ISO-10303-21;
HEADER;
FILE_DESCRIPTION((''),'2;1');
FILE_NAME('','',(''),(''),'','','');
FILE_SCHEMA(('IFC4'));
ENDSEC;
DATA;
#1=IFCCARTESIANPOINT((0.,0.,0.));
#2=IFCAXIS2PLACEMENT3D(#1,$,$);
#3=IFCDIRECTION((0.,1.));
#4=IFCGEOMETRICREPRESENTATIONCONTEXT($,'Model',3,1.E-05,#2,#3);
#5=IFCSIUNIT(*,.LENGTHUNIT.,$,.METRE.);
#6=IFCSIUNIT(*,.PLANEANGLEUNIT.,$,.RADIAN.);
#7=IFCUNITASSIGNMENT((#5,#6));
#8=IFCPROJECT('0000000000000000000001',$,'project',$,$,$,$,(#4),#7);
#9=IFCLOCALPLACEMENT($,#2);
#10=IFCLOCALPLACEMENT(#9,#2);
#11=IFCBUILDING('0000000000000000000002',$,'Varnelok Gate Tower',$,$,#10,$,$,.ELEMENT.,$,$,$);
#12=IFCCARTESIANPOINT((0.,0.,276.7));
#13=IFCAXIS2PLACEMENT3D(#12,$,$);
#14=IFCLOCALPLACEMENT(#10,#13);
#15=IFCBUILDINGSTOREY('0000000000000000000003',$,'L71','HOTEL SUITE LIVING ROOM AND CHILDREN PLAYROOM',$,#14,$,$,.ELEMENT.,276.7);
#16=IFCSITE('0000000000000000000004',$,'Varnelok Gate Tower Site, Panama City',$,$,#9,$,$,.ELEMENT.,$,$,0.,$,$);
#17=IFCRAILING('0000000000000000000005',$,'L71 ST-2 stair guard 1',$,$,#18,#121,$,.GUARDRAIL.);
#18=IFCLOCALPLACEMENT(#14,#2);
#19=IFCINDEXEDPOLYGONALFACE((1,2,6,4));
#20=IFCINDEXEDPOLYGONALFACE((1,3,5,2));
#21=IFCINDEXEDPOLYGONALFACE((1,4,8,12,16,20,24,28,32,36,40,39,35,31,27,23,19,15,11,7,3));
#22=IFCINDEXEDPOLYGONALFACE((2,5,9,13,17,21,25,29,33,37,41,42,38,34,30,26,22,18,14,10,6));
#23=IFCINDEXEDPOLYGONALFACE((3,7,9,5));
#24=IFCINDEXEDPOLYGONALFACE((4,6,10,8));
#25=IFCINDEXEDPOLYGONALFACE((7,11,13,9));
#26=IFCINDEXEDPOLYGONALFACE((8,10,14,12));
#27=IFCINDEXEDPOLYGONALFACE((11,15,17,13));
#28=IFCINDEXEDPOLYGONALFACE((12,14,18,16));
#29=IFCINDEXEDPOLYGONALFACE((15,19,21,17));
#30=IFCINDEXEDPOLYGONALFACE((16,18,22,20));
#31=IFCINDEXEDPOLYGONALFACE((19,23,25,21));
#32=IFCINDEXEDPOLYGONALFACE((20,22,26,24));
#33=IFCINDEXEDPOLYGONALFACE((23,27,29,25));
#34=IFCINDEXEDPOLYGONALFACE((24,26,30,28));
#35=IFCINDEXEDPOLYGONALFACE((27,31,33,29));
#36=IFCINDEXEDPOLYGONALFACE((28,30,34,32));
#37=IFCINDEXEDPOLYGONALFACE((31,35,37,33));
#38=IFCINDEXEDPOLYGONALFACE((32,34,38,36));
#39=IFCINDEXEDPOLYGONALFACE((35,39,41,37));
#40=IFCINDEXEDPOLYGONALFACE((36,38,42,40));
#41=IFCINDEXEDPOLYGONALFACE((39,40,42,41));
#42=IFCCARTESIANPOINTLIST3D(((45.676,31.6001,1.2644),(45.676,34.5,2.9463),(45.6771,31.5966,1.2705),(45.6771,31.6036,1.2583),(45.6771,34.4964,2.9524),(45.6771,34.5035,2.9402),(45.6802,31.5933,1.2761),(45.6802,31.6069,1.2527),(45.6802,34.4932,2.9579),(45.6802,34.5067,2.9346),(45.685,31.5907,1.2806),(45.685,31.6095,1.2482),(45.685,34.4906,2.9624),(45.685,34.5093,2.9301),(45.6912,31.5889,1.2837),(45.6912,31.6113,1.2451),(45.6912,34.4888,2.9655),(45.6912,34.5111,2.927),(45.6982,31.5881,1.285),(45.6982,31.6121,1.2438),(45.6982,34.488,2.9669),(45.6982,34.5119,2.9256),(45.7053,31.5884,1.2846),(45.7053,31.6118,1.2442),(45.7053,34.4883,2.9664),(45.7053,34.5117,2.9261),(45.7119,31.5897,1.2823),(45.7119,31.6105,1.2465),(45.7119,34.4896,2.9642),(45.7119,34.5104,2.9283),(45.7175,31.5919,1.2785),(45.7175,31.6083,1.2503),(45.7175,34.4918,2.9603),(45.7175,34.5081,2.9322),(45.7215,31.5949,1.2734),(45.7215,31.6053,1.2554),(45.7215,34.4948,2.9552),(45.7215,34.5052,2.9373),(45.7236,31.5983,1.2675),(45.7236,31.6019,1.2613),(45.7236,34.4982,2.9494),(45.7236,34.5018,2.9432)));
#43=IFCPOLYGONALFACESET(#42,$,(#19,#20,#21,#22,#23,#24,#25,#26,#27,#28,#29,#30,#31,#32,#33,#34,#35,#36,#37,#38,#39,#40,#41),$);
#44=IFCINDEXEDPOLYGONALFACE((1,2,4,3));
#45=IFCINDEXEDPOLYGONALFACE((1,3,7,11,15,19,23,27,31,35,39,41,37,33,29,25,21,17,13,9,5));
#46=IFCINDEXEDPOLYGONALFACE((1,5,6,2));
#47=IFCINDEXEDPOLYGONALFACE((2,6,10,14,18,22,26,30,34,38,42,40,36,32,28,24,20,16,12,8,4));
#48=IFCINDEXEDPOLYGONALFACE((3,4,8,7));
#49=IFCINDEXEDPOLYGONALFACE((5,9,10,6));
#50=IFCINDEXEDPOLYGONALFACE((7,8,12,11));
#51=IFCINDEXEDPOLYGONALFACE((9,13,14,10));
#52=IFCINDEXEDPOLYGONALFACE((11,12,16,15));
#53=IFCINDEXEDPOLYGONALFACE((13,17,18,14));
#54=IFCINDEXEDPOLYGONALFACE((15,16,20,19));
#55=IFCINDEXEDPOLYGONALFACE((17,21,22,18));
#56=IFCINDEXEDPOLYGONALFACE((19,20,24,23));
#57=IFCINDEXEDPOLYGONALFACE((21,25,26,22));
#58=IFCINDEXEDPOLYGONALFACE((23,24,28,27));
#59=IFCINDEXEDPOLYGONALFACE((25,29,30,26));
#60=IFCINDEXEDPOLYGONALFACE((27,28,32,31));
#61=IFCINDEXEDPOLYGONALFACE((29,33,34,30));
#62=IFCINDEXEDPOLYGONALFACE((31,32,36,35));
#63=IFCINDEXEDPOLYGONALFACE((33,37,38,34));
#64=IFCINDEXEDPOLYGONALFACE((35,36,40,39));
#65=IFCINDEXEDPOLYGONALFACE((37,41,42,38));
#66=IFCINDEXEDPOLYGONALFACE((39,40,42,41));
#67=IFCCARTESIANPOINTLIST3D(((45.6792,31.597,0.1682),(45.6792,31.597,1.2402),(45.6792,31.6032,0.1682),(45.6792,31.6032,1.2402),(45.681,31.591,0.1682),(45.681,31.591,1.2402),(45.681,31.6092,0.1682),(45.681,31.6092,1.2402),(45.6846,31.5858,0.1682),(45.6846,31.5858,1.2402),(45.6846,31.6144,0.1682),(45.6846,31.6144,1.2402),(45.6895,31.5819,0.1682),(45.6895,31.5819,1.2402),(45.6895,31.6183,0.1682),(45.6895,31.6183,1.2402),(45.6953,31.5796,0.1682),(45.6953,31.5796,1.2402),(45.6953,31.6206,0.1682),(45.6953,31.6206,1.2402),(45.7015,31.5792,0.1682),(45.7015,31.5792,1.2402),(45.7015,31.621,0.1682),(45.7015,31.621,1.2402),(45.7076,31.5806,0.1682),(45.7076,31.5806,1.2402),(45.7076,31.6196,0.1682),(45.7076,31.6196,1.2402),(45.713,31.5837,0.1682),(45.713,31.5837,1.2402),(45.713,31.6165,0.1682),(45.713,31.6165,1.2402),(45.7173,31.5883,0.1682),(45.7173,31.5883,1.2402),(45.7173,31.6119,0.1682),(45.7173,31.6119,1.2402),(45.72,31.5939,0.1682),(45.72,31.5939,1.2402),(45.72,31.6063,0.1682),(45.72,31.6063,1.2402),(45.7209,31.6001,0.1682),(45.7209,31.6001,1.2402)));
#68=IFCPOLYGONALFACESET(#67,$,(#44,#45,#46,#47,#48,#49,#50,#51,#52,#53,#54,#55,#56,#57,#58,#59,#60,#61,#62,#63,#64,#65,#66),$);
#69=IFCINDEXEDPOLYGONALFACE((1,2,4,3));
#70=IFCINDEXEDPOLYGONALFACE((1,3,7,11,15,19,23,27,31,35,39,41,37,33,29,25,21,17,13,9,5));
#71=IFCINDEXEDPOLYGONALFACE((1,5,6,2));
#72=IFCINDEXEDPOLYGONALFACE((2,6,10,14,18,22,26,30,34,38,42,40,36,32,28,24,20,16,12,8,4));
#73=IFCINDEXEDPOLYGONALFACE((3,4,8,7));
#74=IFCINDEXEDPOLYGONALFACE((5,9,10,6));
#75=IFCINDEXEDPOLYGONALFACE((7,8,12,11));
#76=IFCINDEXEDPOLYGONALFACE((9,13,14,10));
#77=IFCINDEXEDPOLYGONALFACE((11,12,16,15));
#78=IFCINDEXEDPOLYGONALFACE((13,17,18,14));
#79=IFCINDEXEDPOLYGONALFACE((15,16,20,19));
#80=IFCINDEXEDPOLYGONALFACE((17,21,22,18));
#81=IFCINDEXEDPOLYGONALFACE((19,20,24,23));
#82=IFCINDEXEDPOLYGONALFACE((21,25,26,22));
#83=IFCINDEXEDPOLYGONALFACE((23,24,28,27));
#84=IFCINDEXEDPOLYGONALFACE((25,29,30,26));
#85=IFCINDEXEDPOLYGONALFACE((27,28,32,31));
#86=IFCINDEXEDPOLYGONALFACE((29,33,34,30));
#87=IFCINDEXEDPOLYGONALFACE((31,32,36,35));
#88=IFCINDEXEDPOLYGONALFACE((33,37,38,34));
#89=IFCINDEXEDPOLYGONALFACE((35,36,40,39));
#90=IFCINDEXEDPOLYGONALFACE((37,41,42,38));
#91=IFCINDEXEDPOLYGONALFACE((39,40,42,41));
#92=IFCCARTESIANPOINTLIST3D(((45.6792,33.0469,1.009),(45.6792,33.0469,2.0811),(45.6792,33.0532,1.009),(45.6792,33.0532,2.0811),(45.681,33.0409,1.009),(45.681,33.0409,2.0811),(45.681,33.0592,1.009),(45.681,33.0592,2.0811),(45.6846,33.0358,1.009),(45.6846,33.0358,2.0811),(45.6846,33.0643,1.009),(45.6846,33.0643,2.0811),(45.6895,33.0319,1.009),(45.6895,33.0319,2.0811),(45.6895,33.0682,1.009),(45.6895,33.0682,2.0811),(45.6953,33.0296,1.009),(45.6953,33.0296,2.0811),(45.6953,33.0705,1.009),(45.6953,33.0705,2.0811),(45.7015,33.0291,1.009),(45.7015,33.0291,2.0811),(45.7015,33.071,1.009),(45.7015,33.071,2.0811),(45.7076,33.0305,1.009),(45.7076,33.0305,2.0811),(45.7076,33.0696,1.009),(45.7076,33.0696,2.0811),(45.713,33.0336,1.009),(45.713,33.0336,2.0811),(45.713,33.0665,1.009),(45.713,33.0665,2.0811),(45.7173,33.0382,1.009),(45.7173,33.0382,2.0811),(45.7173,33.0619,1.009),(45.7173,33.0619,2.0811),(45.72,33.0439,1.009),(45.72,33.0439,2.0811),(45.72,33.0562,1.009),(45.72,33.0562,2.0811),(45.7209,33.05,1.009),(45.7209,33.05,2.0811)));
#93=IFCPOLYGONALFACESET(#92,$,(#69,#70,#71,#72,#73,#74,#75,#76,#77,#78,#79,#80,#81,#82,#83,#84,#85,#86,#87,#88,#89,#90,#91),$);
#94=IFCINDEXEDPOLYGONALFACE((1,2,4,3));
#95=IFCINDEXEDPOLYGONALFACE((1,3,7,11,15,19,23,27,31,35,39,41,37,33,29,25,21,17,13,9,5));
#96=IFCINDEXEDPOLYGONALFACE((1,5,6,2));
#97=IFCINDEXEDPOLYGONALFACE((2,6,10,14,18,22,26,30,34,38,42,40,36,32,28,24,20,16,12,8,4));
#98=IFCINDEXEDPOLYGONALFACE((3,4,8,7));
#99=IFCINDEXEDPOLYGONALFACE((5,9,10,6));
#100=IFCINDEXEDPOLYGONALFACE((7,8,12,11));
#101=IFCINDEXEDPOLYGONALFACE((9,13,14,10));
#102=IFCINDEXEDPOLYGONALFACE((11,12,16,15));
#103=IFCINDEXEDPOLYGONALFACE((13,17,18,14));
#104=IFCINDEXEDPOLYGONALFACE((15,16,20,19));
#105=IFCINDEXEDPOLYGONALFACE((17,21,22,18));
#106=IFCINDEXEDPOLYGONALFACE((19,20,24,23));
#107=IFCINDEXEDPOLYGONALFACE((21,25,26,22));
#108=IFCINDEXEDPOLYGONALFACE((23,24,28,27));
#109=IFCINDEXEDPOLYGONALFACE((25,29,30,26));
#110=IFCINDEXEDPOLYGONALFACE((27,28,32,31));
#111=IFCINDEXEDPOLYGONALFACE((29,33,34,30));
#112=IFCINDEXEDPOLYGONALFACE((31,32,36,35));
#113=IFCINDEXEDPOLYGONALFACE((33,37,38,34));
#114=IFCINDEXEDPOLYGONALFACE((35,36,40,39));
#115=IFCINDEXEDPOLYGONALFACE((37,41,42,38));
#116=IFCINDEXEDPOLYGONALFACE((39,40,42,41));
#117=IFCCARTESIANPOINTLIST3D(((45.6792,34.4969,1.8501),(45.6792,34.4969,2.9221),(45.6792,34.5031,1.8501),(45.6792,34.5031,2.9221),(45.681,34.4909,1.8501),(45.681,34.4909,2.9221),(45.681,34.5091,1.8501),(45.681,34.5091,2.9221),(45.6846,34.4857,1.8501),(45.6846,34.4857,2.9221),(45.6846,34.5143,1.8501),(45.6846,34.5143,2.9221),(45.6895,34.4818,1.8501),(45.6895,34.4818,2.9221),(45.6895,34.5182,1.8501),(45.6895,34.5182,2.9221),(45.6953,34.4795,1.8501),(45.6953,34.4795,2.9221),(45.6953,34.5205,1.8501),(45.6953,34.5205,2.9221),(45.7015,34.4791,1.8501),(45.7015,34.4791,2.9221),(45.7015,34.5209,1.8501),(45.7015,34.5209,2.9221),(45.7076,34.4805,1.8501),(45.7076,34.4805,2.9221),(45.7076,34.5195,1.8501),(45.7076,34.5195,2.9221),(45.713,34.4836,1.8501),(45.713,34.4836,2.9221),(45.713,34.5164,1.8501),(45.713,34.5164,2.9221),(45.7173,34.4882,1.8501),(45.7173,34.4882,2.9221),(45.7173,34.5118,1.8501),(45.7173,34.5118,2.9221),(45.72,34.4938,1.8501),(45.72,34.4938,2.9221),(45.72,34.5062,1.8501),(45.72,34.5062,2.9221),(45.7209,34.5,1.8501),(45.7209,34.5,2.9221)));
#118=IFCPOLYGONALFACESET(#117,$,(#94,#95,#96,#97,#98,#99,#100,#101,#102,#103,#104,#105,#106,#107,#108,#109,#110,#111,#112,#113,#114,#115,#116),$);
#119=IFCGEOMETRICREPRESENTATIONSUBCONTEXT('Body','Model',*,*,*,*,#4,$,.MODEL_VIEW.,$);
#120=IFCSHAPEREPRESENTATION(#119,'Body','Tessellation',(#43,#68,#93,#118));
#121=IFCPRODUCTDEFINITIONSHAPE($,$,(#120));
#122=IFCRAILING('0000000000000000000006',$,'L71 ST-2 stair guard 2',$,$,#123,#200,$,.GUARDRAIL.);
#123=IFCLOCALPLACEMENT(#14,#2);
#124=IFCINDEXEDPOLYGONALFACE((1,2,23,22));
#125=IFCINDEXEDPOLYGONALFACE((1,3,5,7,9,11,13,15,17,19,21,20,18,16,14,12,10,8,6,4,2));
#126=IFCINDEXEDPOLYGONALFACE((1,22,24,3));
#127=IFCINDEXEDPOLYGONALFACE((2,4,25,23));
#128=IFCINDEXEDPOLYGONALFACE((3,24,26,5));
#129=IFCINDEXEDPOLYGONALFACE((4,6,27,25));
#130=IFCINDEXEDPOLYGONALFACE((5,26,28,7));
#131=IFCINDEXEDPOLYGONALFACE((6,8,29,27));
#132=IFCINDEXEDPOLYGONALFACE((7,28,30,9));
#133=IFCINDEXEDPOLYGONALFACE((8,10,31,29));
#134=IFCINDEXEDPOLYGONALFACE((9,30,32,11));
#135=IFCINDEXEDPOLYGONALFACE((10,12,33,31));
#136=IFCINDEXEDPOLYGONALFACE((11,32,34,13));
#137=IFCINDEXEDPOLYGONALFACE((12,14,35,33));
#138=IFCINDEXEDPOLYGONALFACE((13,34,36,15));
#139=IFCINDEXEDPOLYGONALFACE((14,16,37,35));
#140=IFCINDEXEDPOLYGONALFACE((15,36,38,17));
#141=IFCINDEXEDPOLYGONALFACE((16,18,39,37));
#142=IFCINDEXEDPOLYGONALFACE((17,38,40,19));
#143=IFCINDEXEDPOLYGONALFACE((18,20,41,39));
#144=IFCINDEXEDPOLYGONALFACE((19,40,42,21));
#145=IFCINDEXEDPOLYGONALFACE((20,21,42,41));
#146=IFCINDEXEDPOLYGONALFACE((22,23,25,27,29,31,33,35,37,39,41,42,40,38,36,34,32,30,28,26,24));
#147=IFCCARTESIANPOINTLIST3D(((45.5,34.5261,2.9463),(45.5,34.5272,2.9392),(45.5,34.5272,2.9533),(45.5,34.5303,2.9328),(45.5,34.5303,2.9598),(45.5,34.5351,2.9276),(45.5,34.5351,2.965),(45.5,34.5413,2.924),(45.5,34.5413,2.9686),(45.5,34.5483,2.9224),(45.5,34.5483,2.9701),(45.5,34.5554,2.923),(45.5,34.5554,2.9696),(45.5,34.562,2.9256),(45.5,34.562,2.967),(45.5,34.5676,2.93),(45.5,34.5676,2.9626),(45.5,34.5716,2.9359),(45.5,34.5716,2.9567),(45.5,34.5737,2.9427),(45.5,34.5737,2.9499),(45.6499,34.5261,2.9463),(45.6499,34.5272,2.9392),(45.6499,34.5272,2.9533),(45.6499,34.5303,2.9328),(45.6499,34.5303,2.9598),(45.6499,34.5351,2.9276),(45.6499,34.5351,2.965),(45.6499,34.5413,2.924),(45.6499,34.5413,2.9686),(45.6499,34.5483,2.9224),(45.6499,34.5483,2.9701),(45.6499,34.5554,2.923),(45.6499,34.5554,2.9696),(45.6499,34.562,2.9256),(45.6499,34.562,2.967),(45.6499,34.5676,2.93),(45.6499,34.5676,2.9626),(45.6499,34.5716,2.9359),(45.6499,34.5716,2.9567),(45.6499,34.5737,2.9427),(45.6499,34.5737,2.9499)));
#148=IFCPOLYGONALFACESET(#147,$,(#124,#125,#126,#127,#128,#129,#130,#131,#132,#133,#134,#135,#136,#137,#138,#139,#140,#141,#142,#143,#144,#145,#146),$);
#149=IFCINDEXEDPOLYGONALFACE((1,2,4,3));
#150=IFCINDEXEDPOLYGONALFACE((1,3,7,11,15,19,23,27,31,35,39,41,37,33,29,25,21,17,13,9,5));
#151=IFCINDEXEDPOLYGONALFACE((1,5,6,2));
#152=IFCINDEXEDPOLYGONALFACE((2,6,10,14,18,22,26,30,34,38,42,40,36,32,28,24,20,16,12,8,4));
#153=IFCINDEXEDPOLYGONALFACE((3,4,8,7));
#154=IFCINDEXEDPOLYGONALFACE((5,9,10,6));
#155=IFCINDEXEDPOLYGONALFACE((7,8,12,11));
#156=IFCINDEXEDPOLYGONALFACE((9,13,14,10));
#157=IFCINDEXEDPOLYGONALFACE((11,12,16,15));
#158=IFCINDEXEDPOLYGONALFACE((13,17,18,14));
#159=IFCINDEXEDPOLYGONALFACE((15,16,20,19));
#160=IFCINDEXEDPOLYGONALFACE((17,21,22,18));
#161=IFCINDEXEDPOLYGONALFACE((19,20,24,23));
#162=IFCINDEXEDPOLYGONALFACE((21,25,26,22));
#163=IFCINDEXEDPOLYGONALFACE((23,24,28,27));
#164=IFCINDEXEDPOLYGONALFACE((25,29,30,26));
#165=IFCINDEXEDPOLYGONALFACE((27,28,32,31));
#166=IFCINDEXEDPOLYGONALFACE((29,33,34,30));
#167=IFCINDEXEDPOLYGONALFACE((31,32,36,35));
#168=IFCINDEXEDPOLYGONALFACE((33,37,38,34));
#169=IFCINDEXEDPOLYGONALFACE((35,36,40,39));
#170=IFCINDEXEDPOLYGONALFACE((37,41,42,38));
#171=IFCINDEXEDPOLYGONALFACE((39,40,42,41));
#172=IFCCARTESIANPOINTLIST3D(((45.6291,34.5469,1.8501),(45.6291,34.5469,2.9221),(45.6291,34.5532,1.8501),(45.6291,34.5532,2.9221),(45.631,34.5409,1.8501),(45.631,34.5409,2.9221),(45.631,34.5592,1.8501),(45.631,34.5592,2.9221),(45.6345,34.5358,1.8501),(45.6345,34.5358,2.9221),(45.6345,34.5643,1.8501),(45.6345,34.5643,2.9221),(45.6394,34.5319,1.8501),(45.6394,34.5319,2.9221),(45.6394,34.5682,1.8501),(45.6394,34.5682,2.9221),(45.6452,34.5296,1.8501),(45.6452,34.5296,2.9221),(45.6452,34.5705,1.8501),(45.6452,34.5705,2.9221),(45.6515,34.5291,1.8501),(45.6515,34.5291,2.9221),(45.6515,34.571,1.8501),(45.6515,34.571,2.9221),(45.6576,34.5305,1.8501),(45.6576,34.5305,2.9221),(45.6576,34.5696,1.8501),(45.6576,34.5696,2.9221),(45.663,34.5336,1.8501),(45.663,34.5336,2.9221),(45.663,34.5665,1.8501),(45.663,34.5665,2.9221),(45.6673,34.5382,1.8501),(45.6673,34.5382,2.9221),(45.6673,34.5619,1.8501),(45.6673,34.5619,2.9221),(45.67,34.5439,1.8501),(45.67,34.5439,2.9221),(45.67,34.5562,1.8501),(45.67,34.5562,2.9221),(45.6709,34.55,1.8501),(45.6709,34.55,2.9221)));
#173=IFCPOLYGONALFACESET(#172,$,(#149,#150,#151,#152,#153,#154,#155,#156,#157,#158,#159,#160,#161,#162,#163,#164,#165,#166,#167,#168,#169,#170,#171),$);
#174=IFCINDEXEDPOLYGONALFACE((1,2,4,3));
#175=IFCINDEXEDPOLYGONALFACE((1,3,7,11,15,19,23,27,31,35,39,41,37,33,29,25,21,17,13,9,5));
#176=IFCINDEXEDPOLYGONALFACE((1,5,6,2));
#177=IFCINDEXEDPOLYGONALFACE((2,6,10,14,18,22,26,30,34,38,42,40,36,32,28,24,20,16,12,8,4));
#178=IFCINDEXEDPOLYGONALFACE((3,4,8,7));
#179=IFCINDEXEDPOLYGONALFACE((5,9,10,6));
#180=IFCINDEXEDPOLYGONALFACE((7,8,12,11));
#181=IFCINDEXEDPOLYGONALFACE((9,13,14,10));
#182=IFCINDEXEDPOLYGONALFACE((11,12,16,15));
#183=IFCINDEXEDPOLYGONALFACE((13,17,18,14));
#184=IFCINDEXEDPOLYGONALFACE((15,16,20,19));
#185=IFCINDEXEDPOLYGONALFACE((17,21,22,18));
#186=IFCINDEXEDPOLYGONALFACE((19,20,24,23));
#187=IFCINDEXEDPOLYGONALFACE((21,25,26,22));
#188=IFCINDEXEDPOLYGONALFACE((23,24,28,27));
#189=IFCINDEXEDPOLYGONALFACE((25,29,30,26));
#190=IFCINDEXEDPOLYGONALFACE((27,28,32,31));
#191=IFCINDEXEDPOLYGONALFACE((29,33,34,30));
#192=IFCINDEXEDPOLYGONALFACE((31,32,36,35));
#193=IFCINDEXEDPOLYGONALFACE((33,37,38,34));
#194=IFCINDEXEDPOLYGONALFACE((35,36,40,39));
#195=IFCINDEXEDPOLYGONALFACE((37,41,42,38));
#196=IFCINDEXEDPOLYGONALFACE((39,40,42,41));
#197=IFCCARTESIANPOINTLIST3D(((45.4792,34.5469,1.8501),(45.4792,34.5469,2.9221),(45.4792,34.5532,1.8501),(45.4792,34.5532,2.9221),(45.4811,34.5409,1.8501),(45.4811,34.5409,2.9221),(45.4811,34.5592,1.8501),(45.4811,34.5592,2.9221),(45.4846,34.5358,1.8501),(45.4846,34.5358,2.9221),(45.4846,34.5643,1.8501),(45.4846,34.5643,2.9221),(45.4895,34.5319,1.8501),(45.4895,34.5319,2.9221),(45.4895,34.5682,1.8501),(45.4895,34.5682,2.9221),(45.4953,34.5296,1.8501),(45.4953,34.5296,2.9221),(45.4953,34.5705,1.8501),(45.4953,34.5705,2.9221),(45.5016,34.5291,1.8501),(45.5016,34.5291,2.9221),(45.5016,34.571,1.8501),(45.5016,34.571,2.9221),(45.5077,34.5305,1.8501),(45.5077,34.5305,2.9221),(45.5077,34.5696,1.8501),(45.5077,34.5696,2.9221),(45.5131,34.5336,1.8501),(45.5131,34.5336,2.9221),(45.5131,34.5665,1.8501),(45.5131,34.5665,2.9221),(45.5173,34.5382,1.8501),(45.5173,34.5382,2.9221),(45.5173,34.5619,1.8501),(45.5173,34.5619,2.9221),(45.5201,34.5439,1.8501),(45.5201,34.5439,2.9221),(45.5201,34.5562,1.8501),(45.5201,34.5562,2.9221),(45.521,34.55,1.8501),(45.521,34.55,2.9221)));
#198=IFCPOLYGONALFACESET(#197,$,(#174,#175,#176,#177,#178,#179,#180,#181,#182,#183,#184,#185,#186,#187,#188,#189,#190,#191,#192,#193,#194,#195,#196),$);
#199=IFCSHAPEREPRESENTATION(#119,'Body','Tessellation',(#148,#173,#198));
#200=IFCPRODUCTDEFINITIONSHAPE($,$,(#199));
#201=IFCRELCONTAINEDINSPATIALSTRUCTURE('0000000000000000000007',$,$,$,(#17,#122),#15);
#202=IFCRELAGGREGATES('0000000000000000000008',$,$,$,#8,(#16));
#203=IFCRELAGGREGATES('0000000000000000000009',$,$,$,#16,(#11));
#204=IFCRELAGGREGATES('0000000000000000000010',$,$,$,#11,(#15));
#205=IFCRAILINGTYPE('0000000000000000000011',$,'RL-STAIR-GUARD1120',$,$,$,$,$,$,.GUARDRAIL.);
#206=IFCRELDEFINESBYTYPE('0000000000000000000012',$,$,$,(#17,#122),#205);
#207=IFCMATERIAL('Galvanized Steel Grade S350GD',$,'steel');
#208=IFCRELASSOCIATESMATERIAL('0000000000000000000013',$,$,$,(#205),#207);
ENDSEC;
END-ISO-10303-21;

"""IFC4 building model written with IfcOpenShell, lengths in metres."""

from ifc_helpers import new_model, si_unit, direction, frame, origin, origin_2d, place, context, subcontext, project, spatial, circle, extrude, material, type_object, element, save


model = new_model("IFC4")

# Units and contexts
model_context = context("Model", 3, precision=1e-05, world=origin(), true_north=direction((0.0, 1.0)))
body_context = subcontext(model_context, "Body", "Model", "MODEL_VIEW")
ifc_project = project(units=[si_unit("LENGTHUNIT", "METRE"), si_unit("PLANEANGLEUNIT", "RADIAN")], contexts=[model_context])

# Site, building, storey
site_placement = place(None, origin())
site = spatial("IfcSite", under=ifc_project, at=site_placement, Name="Varnelok Gate Tower Site, Panama City", CompositionType="ELEMENT", RefElevation=0.0)
building_placement = place(site_placement, origin())
building = spatial("IfcBuilding", under=site, at=building_placement, Name="Varnelok Gate Tower", CompositionType="ELEMENT")
storey_placement = place(building_placement, frame((0.0, 0.0, 276.7)))
storey = spatial("IfcBuildingStorey", under=building, at=storey_placement, Name="L71", Description="HOTEL SUITE LIVING ROOM AND CHILDREN PLAYROOM", CompositionType="ELEMENT", Elevation=276.7)

# Shared definitions
ifc_material_1 = material(Name="Galvanized Steel Grade S350GD", Category="steel")

# Railings
railing_type_1 = type_object("IfcRailingType", Name="RL-STAIR-GUARD1120", PredefinedType="GUARDRAIL", material=ifc_material_1)
railing_1_placement = place(storey_placement, frame((45.7, 31.6001, 0.1682)))
element("IfcRailing", 1, at=railing_1_placement, inside=storey, type_object=railing_type_1, Name="L71 ST-2 stair guard 1", PredefinedType="GUARDRAIL", context=body_context, shape_type="SweptSolid", body=[
    extrude(circle(Radius=0.0239, at=origin_2d()), frame((0.0, 0.0, 1.0962), z_axis=(0.0, 0.865039, 0.501705), x_axis=(-1.0, 0.0, 0.0)), (0.0, 0.0, 1.0), 3.3523),
    extrude(circle(Radius=0.021, at=origin_2d()), origin(), (0.0, 0.0, 1.0), 1.072),
    extrude(circle(Radius=0.021, at=origin_2d()), frame((0.0, 1.45, 0.8408)), (0.0, 0.0, 1.0), 1.072),
    extrude(circle(Radius=0.021, at=origin_2d()), frame((0.0, 2.8999, 1.6819)), (0.0, 0.0, 1.0), 1.072),
])
railing_2_placement = place(storey_placement, frame((45.6499, 34.55, 1.8501)))
element("IfcRailing", 2, at=railing_2_placement, inside=storey, type_object=railing_type_1, Name="L71 ST-2 stair guard 2", PredefinedType="GUARDRAIL", context=body_context, shape_type="SweptSolid", body=[
    extrude(circle(Radius=0.0239, at=origin_2d()), frame((0.0, 0.0, 1.0962), z_axis=(-1.0, 0.0, 0.0), x_axis=(0.0, -1.0, 0.0)), (0.0, 0.0, 1.0), 0.1499),
    extrude(circle(Radius=0.021, at=origin_2d()), origin(), (0.0, 0.0, 1.0), 1.072),
    extrude(circle(Radius=0.021, at=origin_2d()), frame((-0.1499, 0.0, 0.0)), (0.0, 0.0, 1.0), 1.072),
])

save(model, "model.ifc")
